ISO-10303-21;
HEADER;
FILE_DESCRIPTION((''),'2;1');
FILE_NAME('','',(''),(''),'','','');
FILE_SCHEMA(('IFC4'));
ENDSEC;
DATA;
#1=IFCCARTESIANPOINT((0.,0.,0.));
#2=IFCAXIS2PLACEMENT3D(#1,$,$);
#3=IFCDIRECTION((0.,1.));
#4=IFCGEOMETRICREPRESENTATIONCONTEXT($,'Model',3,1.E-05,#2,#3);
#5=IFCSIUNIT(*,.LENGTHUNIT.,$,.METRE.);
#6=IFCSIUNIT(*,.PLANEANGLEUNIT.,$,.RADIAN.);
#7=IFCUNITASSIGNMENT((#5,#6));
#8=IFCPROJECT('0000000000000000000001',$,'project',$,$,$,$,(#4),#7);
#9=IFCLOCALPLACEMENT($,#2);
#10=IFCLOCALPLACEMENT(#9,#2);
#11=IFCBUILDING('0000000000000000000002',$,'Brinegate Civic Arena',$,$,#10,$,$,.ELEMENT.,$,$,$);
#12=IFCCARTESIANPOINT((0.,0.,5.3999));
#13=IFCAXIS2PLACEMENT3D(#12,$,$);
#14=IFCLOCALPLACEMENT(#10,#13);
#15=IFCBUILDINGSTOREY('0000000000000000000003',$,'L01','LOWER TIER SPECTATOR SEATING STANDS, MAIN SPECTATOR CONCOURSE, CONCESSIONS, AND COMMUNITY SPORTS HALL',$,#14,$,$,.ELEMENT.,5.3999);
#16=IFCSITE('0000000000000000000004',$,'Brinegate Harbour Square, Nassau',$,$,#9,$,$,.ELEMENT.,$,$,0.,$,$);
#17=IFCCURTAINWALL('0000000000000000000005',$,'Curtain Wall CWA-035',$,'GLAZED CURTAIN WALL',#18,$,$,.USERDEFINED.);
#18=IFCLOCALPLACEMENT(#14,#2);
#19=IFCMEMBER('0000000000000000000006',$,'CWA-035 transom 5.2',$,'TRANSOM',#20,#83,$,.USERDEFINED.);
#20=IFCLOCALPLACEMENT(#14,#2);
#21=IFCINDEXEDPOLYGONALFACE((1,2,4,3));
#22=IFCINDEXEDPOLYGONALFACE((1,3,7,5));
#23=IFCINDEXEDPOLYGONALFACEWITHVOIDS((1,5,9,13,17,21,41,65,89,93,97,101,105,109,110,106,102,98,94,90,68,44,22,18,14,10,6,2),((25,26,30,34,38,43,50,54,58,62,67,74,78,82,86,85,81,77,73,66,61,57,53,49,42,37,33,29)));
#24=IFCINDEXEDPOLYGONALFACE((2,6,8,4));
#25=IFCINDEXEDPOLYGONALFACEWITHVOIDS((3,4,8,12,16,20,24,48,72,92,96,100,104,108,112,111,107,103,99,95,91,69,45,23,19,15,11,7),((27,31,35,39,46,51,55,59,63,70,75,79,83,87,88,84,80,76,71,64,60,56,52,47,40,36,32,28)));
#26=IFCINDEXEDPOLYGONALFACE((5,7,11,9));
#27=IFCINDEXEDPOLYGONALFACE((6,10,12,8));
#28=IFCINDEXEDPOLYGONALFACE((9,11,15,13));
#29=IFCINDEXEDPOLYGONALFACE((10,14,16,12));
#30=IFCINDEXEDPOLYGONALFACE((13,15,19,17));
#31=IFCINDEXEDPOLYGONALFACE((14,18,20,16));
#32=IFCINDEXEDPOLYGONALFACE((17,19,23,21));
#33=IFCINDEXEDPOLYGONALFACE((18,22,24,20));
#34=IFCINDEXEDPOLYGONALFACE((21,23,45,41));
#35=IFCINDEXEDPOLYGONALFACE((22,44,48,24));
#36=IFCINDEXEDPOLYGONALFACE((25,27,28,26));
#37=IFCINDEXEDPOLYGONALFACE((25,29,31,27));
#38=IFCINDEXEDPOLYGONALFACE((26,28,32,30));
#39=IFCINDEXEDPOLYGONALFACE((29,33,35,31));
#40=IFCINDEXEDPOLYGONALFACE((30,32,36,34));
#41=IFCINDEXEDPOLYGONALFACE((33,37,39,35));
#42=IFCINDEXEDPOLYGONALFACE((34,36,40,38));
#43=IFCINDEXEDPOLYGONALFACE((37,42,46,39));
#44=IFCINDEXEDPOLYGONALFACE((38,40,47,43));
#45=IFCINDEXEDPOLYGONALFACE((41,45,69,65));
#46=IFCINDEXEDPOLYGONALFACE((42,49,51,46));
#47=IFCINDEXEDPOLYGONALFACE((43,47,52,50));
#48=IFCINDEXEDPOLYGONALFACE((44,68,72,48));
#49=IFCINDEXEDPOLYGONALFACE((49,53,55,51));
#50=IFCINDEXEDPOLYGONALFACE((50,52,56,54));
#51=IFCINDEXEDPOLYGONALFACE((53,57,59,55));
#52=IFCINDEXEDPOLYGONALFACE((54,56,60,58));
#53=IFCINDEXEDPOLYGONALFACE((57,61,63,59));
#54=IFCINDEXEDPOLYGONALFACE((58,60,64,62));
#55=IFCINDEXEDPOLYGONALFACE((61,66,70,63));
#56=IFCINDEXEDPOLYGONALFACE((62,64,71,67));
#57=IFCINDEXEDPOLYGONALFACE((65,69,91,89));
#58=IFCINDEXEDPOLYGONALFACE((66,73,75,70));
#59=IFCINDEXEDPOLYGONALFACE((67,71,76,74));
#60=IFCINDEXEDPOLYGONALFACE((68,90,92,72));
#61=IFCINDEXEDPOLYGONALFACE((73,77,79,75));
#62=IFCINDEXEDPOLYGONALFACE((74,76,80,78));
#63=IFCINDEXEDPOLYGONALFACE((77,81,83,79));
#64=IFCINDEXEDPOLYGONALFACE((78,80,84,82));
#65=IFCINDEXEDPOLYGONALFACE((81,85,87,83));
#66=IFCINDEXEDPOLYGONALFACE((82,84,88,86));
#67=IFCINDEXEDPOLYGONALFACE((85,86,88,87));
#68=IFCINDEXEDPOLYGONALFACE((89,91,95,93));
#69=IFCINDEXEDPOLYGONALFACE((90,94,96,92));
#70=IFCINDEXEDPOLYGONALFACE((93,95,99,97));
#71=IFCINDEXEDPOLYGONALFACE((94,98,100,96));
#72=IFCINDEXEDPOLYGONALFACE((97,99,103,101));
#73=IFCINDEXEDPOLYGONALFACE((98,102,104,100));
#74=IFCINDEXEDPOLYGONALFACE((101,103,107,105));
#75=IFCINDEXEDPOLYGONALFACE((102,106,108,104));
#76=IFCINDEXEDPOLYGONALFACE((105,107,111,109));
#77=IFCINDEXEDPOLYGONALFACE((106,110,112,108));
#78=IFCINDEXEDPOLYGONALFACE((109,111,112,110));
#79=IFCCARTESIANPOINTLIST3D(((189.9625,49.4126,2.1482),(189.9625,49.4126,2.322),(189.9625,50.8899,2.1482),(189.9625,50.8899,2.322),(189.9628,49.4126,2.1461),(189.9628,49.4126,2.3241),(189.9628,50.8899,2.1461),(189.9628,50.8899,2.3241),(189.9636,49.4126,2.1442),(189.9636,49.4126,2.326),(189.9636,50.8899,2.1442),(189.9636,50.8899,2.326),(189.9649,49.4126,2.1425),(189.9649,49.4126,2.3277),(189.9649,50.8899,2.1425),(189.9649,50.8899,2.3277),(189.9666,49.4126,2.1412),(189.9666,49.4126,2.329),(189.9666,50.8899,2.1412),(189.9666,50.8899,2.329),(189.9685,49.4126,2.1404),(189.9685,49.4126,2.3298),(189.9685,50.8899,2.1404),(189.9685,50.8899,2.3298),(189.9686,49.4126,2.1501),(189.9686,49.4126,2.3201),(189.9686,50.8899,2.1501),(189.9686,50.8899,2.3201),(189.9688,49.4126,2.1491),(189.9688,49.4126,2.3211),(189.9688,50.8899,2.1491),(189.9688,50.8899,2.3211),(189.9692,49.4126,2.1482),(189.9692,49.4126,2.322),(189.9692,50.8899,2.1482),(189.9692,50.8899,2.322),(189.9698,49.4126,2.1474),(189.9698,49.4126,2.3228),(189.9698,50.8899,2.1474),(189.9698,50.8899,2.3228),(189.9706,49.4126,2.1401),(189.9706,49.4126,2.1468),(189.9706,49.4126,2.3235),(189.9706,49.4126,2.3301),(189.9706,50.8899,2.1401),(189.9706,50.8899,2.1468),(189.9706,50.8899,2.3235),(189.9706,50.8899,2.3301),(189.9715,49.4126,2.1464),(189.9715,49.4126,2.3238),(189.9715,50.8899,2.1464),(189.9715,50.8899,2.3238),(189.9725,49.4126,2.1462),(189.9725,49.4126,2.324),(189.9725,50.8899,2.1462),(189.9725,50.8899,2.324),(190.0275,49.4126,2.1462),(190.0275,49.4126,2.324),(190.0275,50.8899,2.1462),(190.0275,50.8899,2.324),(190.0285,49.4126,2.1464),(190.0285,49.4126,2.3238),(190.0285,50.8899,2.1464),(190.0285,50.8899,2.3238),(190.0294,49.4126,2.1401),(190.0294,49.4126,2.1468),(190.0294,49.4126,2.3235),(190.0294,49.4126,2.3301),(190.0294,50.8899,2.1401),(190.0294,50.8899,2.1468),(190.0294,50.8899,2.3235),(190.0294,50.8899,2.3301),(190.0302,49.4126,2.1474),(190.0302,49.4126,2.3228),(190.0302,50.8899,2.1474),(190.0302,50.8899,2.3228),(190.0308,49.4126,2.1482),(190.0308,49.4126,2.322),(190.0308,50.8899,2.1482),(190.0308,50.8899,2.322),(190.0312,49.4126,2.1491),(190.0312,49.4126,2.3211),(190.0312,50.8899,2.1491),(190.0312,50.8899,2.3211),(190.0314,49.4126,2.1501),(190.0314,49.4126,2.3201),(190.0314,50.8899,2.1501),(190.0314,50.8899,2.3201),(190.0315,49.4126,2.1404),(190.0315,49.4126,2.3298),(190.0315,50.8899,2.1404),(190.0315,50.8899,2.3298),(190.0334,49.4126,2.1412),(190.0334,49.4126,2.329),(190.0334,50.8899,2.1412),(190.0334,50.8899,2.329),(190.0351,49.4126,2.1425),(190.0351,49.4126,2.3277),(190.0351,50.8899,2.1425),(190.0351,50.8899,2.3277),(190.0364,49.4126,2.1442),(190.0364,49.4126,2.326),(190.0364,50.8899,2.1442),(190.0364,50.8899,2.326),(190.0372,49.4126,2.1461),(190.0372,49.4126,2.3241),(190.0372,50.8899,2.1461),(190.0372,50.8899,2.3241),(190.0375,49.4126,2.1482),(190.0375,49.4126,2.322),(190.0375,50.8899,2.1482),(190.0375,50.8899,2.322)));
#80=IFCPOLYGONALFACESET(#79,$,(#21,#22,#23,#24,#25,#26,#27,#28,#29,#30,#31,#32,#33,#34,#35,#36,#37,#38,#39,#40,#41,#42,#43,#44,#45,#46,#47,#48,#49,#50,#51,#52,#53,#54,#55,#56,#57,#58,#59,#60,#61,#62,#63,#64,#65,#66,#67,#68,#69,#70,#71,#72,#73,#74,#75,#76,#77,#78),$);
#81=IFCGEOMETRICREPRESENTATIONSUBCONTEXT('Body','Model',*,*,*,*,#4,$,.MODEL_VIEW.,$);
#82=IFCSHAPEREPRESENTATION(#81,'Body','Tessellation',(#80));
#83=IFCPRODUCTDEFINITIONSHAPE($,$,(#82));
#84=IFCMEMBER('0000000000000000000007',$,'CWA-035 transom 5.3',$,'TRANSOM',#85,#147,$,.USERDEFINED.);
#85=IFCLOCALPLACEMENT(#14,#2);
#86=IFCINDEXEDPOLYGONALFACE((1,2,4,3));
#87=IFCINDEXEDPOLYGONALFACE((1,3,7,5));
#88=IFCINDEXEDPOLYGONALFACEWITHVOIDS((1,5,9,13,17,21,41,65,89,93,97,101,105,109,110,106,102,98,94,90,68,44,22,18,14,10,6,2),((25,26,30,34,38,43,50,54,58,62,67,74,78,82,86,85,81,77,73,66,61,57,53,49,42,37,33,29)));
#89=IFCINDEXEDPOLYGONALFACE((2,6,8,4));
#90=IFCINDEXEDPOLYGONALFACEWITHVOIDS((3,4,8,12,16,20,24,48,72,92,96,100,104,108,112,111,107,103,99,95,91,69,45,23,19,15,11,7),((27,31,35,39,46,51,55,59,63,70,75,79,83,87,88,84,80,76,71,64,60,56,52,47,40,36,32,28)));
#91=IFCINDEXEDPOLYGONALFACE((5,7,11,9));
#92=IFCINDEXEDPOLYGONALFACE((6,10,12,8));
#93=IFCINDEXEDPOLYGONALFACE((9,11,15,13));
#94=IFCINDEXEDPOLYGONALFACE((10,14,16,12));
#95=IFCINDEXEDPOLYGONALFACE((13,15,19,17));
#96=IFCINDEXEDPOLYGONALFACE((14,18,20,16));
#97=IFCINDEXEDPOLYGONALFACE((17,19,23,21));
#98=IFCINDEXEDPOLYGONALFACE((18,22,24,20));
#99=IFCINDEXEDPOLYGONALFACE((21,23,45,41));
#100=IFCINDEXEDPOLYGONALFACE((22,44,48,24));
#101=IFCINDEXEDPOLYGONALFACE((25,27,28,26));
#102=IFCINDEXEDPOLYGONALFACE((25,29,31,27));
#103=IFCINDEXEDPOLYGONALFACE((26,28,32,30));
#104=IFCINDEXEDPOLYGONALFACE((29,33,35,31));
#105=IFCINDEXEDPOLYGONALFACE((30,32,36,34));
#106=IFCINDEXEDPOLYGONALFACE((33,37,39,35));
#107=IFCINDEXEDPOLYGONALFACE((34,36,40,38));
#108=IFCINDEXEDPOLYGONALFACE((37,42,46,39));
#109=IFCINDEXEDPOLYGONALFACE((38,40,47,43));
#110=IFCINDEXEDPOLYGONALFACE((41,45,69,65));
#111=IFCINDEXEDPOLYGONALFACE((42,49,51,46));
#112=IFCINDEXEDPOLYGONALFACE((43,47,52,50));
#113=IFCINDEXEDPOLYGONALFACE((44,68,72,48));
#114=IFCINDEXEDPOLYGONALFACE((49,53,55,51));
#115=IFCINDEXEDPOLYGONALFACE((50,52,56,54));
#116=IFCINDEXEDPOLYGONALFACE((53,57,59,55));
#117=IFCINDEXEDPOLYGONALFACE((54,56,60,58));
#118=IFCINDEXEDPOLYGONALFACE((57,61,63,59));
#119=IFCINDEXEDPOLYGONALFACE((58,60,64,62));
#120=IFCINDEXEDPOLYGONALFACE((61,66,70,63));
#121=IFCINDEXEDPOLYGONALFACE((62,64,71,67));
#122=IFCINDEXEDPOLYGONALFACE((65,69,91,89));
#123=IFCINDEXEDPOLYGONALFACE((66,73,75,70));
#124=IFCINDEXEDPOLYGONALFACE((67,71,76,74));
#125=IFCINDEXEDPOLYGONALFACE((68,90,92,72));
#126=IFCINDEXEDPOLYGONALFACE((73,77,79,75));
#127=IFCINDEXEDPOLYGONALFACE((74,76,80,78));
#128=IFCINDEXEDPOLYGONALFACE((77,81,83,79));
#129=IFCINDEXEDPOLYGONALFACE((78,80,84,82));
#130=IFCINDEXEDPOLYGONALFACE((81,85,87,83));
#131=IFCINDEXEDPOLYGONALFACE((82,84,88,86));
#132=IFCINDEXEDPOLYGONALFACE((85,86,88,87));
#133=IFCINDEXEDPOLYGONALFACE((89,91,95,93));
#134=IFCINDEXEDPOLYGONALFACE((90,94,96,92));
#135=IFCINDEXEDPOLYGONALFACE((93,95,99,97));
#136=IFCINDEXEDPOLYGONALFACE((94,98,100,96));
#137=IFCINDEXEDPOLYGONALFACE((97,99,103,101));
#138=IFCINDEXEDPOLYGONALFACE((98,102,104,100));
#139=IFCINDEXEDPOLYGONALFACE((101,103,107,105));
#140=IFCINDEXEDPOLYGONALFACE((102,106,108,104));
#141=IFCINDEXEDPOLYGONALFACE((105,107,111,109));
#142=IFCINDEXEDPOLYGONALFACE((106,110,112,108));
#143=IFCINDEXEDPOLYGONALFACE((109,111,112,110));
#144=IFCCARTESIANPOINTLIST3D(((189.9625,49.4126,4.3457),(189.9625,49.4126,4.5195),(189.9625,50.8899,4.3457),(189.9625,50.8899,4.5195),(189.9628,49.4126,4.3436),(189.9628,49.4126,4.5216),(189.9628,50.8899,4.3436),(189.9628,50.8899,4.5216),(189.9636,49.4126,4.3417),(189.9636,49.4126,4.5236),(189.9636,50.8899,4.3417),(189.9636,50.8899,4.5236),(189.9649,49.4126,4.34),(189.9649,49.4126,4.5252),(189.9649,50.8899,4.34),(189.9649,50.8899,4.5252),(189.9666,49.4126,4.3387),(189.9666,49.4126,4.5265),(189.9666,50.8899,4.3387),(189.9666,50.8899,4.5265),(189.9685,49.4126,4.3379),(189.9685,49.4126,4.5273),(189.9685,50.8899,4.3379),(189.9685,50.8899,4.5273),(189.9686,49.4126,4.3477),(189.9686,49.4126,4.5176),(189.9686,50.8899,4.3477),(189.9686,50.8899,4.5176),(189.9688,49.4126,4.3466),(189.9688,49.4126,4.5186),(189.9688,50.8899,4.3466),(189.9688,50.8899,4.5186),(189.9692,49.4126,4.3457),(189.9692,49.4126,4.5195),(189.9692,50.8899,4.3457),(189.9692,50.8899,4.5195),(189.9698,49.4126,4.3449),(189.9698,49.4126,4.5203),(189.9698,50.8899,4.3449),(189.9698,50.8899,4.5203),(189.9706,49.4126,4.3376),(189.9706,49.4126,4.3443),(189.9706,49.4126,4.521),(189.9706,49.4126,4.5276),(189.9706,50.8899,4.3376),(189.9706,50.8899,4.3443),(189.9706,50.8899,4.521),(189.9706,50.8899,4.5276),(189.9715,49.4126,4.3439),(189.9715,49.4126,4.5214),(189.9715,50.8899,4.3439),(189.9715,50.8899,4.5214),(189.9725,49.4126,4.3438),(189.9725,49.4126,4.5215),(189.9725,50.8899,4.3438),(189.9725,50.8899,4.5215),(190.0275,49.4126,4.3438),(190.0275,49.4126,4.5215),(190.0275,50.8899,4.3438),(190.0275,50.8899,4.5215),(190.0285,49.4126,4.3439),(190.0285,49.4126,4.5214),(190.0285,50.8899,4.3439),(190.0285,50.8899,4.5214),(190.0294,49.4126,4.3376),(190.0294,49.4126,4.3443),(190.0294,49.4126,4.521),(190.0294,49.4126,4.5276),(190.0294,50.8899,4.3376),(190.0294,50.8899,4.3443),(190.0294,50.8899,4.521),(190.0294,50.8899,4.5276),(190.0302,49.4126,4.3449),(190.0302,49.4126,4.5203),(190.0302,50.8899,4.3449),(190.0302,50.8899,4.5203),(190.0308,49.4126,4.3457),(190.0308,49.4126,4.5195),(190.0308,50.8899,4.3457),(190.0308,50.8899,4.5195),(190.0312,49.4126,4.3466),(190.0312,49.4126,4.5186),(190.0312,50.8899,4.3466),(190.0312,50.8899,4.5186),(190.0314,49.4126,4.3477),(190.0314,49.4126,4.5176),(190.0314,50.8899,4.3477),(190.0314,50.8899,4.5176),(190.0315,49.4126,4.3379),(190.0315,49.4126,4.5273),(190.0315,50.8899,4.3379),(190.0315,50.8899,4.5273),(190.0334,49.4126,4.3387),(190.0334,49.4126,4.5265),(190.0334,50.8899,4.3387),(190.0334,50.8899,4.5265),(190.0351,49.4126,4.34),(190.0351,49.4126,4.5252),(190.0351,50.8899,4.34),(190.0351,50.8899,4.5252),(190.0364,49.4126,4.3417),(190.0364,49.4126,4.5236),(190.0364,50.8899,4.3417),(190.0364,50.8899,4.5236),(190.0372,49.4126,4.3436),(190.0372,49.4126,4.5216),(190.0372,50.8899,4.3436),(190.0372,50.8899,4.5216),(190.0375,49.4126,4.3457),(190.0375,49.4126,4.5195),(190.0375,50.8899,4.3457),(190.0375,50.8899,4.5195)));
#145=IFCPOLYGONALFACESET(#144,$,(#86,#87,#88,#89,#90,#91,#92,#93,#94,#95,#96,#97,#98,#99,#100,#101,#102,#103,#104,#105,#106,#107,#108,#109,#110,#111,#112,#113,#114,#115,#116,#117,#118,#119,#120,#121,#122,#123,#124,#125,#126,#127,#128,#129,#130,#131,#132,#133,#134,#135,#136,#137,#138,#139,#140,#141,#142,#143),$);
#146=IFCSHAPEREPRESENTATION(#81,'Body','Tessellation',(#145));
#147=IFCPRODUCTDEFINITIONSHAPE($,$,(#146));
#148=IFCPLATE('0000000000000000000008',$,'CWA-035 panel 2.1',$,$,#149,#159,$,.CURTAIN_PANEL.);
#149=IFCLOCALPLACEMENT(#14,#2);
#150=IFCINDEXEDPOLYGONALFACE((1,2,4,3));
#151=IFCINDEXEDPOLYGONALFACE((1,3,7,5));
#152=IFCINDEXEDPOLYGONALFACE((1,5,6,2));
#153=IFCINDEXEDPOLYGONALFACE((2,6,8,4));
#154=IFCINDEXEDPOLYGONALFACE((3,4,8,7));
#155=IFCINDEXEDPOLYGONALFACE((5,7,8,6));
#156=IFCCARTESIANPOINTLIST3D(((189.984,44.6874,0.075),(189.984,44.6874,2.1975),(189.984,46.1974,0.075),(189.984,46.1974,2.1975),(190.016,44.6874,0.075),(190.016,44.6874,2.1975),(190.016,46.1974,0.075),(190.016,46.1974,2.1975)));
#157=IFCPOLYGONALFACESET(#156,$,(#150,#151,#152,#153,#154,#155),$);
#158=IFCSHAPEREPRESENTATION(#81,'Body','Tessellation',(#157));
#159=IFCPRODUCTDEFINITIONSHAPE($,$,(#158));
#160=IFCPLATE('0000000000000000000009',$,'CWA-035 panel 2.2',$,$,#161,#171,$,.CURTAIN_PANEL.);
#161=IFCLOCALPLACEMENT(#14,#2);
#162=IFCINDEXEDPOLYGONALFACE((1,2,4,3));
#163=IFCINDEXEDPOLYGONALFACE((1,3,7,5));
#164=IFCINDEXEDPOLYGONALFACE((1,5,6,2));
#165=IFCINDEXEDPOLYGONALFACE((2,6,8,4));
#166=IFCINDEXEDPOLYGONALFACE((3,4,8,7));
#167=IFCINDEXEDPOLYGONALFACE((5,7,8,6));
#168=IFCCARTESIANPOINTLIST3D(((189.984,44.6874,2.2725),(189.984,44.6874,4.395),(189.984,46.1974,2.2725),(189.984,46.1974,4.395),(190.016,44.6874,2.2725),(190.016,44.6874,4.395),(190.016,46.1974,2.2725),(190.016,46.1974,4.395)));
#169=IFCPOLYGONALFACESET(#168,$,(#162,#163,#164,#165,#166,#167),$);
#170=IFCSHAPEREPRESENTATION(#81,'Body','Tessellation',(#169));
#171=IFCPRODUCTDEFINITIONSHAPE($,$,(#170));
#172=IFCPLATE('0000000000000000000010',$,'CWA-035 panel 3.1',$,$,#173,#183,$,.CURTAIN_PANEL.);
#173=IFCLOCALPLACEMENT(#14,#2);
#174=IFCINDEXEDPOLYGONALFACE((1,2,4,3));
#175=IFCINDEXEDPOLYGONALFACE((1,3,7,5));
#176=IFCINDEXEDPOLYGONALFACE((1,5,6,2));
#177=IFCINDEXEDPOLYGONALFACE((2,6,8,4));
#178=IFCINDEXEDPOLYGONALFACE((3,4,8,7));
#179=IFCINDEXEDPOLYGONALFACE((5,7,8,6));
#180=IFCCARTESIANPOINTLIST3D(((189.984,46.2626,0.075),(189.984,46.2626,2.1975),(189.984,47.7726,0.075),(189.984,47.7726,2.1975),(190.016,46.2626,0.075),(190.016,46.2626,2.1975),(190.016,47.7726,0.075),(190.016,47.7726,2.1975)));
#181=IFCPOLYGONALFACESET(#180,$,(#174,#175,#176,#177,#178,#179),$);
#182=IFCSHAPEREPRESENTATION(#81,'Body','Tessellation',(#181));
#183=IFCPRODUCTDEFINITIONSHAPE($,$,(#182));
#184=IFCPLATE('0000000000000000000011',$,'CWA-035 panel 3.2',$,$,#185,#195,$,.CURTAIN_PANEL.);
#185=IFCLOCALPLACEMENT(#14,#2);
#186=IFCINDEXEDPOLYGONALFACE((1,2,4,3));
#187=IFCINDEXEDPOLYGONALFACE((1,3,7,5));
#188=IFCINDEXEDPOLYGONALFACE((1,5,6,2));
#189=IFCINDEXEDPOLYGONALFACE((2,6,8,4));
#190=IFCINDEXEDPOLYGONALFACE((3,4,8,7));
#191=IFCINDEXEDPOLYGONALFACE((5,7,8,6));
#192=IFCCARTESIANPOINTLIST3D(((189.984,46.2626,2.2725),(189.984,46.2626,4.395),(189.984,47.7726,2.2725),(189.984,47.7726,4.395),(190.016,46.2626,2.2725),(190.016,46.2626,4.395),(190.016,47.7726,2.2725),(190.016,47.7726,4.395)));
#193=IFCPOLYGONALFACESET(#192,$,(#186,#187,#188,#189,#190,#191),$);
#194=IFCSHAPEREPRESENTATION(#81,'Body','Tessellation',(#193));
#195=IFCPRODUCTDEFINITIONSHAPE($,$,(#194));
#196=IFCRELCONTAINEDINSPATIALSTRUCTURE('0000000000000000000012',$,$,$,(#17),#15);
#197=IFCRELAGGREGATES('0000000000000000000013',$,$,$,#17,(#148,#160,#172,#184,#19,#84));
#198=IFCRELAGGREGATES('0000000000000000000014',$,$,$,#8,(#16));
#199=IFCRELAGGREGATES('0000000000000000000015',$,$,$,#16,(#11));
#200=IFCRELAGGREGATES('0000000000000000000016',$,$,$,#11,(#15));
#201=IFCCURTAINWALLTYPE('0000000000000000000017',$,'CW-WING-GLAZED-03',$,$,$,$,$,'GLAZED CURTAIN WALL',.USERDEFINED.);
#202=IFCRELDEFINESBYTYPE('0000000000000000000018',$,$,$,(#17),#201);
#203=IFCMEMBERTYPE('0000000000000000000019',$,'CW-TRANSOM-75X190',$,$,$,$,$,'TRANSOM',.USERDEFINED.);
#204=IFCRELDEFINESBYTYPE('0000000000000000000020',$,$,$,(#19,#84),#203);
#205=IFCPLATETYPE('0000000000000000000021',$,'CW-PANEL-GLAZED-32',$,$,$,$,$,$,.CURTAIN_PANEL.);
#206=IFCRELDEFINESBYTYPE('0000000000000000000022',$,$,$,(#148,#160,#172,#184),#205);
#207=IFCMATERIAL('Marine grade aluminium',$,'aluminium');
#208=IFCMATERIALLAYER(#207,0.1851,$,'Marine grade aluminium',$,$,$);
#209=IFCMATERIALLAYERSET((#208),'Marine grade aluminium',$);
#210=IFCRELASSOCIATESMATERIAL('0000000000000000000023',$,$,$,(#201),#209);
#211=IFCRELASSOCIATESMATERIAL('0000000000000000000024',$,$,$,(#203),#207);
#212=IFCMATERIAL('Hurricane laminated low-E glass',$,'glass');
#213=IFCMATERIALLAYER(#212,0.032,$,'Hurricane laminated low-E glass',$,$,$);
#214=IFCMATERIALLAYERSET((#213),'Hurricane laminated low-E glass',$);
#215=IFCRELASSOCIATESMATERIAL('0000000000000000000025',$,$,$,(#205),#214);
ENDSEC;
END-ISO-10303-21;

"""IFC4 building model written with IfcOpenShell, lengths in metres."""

from ifc_helpers import new_model, si_unit, direction, frame, origin, origin_2d, place, context, subcontext, project, spatial, rectangle, hollow_rectangle, extrude, material, layer, layer_set, material_profile, profile_set, type_object, element, aggregate, save


model = new_model("IFC4")

# Units and contexts
model_context = context("Model", 3, precision=1e-05, world=origin(), true_north=direction((0.0, 1.0)))
body_context = subcontext(model_context, "Body", "Model", "MODEL_VIEW")
ifc_project = project(units=[si_unit("LENGTHUNIT", "METRE"), si_unit("PLANEANGLEUNIT", "RADIAN")], contexts=[model_context])

# Site, building, storey
site_placement = place(None, origin())
site = spatial("IfcSite", under=ifc_project, at=site_placement, Name="Brinegate Harbour Square, Nassau", CompositionType="ELEMENT", RefElevation=0.0)
building_placement = place(site_placement, origin())
building = spatial("IfcBuilding", under=site, at=building_placement, Name="Brinegate Civic Arena", CompositionType="ELEMENT")
storey_placement = place(building_placement, frame((0.0, 0.0, 5.3999)))
storey = spatial("IfcBuildingStorey", under=building, at=storey_placement, Name="L01", Description="LOWER TIER SPECTATOR SEATING STANDS, MAIN SPECTATOR CONCOURSE, CONCESSIONS, AND COMMUNITY SPORTS HALL", CompositionType="ELEMENT", Elevation=5.3999)

# Curtain wall, members, plates
ifc_material_1 = material(Name="Marine grade aluminium", Category="aluminium")
ifc_layer_1 = layer(ifc_material_1, 0.1851, Name="Marine grade aluminium")
ifc_layer_set_1 = layer_set([ifc_layer_1], Name="Marine grade aluminium")
curtain_wall_type = type_object("IfcCurtainWallType", Name="CW-WING-GLAZED-03", ElementType="GLAZED CURTAIN WALL", PredefinedType="USERDEFINED", material=ifc_layer_set_1)
curtain_wall_placement = place(storey_placement, origin())
curtain_wall = element("IfcCurtainWall", 1, at=curtain_wall_placement, inside=storey, type_object=curtain_wall_type, Name="Curtain Wall CWA-035", ObjectType="GLAZED CURTAIN WALL", PredefinedType="USERDEFINED")
ifc_material_profile_1 = material_profile(ifc_material_1, hollow_rectangle(XDim=0.075, YDim=0.1899, WallThickness=0.0061, InnerFilletRadius=0.0039, OuterFilletRadius=0.0081, at=origin_2d()), Name="TRN75X190")
ifc_profile_set_1 = profile_set([ifc_material_profile_1], Name="Marine grade aluminium")
member_type_1 = type_object("IfcMemberType", Name="CW-TRANSOM-75X190", ElementType="TRANSOM", PredefinedType="USERDEFINED", material=ifc_profile_set_1)
member_1_placement = place(storey_placement, frame((190.0, 49.4126, 2.2351), z_axis=(0.0, 1.0, 0.0), x_axis=(-1.0, 0.0, 0.0)))
member_1 = element("IfcMember", 2, at=member_1_placement, type_object=member_type_1, Name="CWA-035 transom 5.2", ObjectType="TRANSOM", PredefinedType="USERDEFINED", context=body_context, shape_type="SweptSolid", body=[
    extrude(hollow_rectangle(XDim=0.075, YDim=0.1899, WallThickness=0.0061, InnerFilletRadius=0.0039, OuterFilletRadius=0.0081, at=origin_2d()), origin(), (0.0, 0.0, 1.0), 1.4773),
])
member_2_placement = place(storey_placement, frame((190.0, 49.4126, 4.4326), z_axis=(0.0, 1.0, 0.0), x_axis=(-1.0, 0.0, 0.0)))
member_2 = element("IfcMember", 3, at=member_2_placement, type_object=member_type_1, Name="CWA-035 transom 5.3", ObjectType="TRANSOM", PredefinedType="USERDEFINED", context=body_context, shape_type="SweptSolid", body=[
    extrude(hollow_rectangle(XDim=0.075, YDim=0.1899, WallThickness=0.0061, InnerFilletRadius=0.0039, OuterFilletRadius=0.0081, at=origin_2d()), origin(), (0.0, 0.0, 1.0), 1.4773),
])
ifc_material_2 = material(Name="Hurricane laminated low-E glass", Category="glass")
ifc_layer_2 = layer(ifc_material_2, 0.032, Name="Hurricane laminated low-E glass")
ifc_layer_set_2 = layer_set([ifc_layer_2], Name="Hurricane laminated low-E glass")
plate_type = type_object("IfcPlateType", Name="CW-PANEL-GLAZED-32", PredefinedType="CURTAIN_PANEL", material=ifc_layer_set_2)
plate_1_placement = place(storey_placement, frame((190.0, 45.4424, 0.075), z_axis=(0.0, 0.0, 1.0), x_axis=(0.0, 1.0, 0.0)))
plate_1 = element("IfcPlate", 4, at=plate_1_placement, type_object=plate_type, Name="CWA-035 panel 2.1", PredefinedType="CURTAIN_PANEL", context=body_context, shape_type="SweptSolid", body=[
    extrude(rectangle(XDim=1.51, YDim=0.032, at=origin_2d()), origin(), (0.0, 0.0, 1.0), 2.1226),
])
plate_2_placement = place(storey_placement, frame((190.0, 45.4424, 2.2725), z_axis=(0.0, 0.0, 1.0), x_axis=(0.0, 1.0, 0.0)))
plate_2 = element("IfcPlate", 5, at=plate_2_placement, type_object=plate_type, Name="CWA-035 panel 2.2", PredefinedType="CURTAIN_PANEL", context=body_context, shape_type="SweptSolid", body=[
    extrude(rectangle(XDim=1.51, YDim=0.032, at=origin_2d()), origin(), (0.0, 0.0, 1.0), 2.1226),
])
plate_3_placement = place(storey_placement, frame((190.0, 47.0176, 0.075), z_axis=(0.0, 0.0, 1.0), x_axis=(0.0, 1.0, 0.0)))
plate_3 = element("IfcPlate", 6, at=plate_3_placement, type_object=plate_type, Name="CWA-035 panel 3.1", PredefinedType="CURTAIN_PANEL", context=body_context, shape_type="SweptSolid", body=[
    extrude(rectangle(XDim=1.51, YDim=0.032, at=origin_2d()), origin(), (0.0, 0.0, 1.0), 2.1226),
])
plate_4_placement = place(storey_placement, frame((190.0, 47.0176, 2.2725), z_axis=(0.0, 0.0, 1.0), x_axis=(0.0, 1.0, 0.0)))
plate_4 = element("IfcPlate", 7, at=plate_4_placement, type_object=plate_type, Name="CWA-035 panel 3.2", PredefinedType="CURTAIN_PANEL", context=body_context, shape_type="SweptSolid", body=[
    extrude(rectangle(XDim=1.51, YDim=0.032, at=origin_2d()), origin(), (0.0, 0.0, 1.0), 2.1226),
])
aggregate(curtain_wall, [plate_1, plate_2, plate_3, plate_4, member_1, member_2])

save(model, "model.ifc")
